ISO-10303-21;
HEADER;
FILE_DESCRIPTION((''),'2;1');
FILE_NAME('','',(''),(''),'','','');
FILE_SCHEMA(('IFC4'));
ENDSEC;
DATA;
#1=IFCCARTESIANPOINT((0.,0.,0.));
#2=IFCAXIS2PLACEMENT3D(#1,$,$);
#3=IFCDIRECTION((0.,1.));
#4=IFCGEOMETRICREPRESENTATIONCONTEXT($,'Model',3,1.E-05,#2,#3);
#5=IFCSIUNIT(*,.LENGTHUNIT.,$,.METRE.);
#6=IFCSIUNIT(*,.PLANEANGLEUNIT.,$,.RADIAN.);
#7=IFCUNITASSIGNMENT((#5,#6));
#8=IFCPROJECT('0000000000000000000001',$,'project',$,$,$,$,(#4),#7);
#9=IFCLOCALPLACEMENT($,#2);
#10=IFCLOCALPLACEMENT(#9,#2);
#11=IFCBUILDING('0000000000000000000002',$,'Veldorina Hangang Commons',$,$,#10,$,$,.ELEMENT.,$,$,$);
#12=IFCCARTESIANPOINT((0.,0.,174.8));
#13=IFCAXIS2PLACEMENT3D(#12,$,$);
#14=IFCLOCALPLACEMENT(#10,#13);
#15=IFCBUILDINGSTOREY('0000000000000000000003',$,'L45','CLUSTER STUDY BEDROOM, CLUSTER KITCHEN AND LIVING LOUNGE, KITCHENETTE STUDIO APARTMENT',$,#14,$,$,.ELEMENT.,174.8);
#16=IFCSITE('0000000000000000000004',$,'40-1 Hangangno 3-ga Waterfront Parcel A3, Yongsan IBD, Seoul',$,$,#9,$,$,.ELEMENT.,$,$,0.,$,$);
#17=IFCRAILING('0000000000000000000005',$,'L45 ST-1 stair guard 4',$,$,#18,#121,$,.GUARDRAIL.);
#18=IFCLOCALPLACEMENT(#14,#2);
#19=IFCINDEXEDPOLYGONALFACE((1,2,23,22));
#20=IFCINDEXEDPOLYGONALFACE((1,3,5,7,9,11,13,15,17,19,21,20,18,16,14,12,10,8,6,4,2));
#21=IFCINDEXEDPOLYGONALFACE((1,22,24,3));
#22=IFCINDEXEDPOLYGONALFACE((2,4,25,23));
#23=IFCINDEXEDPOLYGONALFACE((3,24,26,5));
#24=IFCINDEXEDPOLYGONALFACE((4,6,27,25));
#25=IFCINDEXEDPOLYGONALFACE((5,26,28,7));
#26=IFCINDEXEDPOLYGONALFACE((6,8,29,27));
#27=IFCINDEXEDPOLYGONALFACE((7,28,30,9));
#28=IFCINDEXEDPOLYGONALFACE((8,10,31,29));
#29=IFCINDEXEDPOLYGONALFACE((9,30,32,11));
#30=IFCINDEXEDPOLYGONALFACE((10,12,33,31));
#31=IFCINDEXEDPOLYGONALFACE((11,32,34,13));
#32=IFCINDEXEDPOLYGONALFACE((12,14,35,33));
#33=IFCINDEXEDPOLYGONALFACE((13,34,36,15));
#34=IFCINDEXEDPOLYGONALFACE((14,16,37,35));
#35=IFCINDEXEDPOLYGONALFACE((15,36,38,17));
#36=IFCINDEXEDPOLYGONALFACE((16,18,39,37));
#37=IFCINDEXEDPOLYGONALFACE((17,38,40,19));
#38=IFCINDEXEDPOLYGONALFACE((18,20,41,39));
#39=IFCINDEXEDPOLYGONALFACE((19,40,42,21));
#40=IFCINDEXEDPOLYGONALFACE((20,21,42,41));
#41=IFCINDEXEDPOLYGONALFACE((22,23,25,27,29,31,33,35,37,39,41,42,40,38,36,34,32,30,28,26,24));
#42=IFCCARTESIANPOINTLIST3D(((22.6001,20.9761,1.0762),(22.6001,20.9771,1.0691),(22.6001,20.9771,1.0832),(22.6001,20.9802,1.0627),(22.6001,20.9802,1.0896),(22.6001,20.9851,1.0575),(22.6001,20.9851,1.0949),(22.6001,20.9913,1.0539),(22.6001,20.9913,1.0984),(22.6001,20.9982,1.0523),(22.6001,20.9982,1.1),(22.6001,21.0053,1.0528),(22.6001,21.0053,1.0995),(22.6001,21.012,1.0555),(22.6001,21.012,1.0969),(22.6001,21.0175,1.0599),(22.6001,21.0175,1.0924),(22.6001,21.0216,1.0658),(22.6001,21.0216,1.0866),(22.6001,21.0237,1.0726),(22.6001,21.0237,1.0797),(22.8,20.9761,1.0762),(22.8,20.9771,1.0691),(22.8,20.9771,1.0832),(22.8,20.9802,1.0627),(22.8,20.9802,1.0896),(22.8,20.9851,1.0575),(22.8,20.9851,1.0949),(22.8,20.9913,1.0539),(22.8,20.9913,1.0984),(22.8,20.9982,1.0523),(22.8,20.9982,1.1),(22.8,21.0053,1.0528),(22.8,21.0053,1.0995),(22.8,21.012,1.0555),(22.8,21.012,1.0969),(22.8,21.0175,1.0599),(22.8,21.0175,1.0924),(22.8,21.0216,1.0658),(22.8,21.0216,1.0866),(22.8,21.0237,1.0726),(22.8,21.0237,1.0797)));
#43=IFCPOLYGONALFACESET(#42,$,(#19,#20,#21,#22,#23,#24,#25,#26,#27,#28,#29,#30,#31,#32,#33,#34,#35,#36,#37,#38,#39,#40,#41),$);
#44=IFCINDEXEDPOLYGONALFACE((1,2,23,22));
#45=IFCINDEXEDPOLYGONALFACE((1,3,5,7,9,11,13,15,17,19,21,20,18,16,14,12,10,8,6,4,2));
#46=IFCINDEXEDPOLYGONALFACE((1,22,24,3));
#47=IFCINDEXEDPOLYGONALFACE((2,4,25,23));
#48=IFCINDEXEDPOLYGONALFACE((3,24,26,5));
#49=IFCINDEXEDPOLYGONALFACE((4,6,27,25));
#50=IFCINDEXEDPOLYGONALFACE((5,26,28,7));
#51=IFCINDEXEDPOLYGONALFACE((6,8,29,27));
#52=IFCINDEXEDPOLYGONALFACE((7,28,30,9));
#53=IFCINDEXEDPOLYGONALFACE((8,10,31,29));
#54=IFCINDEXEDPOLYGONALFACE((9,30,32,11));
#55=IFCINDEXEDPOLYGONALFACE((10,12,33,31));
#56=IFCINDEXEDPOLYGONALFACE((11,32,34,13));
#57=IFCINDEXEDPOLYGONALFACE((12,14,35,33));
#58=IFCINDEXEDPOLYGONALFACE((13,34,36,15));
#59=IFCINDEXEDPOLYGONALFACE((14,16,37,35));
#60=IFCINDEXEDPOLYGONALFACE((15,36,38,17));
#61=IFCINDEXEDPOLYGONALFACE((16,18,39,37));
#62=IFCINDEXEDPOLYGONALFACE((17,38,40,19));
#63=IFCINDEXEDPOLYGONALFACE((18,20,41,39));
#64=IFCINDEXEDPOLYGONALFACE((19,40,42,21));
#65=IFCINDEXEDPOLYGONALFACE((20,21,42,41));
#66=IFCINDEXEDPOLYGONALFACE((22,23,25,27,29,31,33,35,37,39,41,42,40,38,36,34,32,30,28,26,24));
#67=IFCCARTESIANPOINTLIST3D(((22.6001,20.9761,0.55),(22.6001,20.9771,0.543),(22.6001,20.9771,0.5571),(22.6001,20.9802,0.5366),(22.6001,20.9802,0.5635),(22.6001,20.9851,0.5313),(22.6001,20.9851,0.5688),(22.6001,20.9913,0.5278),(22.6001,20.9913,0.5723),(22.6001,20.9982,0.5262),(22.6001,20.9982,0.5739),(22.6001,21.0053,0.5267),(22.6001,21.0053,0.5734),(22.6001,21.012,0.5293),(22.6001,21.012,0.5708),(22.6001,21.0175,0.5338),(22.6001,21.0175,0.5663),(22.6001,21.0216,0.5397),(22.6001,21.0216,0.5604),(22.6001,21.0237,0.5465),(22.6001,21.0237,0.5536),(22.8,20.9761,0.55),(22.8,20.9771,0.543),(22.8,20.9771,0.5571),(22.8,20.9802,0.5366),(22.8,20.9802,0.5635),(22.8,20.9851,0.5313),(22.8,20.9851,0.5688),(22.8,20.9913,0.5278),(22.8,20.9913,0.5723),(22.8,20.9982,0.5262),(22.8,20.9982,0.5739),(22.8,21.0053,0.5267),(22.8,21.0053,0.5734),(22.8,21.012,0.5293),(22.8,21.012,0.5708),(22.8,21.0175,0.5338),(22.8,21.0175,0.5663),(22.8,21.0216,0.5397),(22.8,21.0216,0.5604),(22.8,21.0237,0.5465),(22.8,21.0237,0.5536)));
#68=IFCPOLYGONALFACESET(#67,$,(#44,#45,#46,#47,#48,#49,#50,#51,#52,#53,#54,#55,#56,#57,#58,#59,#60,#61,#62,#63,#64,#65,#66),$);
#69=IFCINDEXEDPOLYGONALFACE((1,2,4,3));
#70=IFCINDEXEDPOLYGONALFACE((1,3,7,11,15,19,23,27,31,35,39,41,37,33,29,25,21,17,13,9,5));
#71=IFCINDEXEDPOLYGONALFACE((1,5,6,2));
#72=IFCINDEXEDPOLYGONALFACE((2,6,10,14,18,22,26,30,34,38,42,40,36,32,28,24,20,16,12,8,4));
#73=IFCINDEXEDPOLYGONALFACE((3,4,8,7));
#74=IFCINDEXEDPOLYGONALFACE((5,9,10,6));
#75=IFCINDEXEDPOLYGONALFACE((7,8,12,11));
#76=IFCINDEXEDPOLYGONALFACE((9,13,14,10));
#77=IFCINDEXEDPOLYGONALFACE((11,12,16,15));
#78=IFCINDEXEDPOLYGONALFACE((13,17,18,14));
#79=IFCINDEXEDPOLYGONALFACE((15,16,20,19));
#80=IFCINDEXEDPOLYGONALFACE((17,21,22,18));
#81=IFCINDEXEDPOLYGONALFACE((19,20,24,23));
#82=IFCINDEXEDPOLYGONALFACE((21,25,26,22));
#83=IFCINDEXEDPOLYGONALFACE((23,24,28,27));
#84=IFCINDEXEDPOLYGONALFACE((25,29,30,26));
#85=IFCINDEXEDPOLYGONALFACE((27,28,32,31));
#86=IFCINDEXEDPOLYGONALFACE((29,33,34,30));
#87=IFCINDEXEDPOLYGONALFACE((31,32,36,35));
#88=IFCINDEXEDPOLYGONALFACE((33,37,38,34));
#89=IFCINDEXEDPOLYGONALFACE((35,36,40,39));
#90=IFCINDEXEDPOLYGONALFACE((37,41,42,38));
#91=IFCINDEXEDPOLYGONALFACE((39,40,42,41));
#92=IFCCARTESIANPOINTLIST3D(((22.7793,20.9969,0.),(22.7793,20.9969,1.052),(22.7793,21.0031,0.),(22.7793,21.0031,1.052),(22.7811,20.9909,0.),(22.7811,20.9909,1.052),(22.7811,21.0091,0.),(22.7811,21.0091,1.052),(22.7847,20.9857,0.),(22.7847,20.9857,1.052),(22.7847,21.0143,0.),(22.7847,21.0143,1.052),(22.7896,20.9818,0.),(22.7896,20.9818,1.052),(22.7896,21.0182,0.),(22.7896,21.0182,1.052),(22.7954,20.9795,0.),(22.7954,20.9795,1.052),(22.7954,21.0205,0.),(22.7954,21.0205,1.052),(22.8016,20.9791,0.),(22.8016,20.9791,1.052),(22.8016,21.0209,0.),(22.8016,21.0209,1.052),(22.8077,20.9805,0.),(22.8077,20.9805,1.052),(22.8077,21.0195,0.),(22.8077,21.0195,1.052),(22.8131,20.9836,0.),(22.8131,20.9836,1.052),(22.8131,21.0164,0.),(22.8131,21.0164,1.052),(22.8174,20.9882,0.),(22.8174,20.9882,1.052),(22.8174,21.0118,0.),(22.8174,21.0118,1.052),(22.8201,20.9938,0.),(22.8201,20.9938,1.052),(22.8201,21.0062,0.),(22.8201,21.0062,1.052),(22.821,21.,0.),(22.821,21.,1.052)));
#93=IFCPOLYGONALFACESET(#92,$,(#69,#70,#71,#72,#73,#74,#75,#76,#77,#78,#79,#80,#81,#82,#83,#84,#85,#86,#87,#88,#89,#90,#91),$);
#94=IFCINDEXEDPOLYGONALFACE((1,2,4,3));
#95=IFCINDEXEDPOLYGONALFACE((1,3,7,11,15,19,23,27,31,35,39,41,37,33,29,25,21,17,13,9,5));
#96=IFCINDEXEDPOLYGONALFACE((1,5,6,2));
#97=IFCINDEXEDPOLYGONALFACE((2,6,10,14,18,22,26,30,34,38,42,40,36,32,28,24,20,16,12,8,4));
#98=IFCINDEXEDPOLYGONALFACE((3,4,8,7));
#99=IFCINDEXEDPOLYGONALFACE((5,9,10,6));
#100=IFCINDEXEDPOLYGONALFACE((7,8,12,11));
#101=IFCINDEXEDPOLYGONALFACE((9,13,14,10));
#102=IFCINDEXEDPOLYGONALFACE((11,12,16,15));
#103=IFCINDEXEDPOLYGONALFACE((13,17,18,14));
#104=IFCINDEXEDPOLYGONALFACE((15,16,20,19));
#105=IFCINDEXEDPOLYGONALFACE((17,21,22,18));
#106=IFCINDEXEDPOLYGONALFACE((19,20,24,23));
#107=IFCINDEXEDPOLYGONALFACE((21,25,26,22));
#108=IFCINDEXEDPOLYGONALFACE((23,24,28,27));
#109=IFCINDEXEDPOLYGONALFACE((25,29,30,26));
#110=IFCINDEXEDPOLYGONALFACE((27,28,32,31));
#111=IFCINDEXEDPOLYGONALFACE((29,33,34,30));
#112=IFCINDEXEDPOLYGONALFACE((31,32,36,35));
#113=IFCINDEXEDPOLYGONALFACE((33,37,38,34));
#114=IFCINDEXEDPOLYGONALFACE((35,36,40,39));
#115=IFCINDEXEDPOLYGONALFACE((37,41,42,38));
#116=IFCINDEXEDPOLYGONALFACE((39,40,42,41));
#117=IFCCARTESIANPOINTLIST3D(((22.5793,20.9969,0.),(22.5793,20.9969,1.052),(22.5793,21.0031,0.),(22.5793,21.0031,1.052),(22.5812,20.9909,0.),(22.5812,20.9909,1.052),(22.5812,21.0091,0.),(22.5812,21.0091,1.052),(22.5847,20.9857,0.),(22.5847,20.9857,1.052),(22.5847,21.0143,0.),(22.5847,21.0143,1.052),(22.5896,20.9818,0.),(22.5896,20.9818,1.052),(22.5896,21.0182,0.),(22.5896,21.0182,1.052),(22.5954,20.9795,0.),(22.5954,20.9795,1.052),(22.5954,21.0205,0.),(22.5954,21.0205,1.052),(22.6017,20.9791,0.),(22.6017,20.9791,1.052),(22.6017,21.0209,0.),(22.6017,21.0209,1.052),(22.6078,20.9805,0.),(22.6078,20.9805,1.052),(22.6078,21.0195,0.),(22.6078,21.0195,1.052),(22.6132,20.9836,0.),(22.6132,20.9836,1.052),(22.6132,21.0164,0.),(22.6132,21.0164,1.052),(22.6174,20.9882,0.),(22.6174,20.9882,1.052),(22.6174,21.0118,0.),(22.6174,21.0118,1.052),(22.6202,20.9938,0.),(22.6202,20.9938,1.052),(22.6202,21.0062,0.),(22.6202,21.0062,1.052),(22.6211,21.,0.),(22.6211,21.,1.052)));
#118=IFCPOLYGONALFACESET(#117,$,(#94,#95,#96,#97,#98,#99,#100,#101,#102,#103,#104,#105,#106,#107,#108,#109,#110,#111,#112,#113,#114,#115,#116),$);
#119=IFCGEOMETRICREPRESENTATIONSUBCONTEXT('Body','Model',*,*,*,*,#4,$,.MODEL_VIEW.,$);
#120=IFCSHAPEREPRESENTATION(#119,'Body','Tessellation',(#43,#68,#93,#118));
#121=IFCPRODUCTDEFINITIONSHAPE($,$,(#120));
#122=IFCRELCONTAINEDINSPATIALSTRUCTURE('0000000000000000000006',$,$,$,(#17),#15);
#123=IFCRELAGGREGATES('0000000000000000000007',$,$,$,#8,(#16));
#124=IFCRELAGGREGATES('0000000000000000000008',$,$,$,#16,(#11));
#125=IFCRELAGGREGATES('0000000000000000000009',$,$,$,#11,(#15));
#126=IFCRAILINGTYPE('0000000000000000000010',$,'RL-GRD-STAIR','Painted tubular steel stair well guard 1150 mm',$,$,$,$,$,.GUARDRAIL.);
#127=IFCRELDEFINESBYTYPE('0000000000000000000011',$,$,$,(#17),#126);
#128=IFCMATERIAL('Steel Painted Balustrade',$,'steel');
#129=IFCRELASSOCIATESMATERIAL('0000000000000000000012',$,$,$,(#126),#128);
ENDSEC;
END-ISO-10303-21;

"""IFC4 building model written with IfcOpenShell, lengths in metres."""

from ifc_helpers import new_model, si_unit, direction, frame, origin, origin_2d, place, context, subcontext, project, spatial, circle, extrude, material, type_object, element, save


model = new_model("IFC4")

# Units and contexts
model_context = context("Model", 3, precision=1e-05, world=origin(), true_north=direction((0.0, 1.0)))
body_context = subcontext(model_context, "Body", "Model", "MODEL_VIEW")
ifc_project = project(units=[si_unit("LENGTHUNIT", "METRE"), si_unit("PLANEANGLEUNIT", "RADIAN")], contexts=[model_context])

# Site, building, storey
site_placement = place(None, origin())
site = spatial("IfcSite", under=ifc_project, at=site_placement, Name="40-1 Hangangno 3-ga Waterfront Parcel A3, Yongsan IBD, Seoul", CompositionType="ELEMENT", RefElevation=0.0)
building_placement = place(site_placement, origin())
building = spatial("IfcBuilding", under=site, at=building_placement, Name="Veldorina Hangang Commons", CompositionType="ELEMENT")
storey_placement = place(building_placement, frame((0.0, 0.0, 174.8)))
storey = spatial("IfcBuildingStorey", under=building, at=storey_placement, Name="L45", Description="CLUSTER STUDY BEDROOM, CLUSTER KITCHEN AND LIVING LOUNGE, KITCHENETTE STUDIO APARTMENT", CompositionType="ELEMENT", Elevation=174.8)

# Railing
ifc_material_1 = material(Name="Steel Painted Balustrade", Category="steel")
railing_type_1 = type_object("IfcRailingType", Name="RL-GRD-STAIR", Description="Painted tubular steel stair well guard 1150 mm", PredefinedType="GUARDRAIL", material=ifc_material_1)
railing_1_placement = place(storey_placement, frame((22.8, 21.0, 0.0)))
element("IfcRailing", 1, at=railing_1_placement, inside=storey, type_object=railing_type_1, Name="L45 ST-1 stair guard 4", PredefinedType="GUARDRAIL", context=body_context, shape_type="SweptSolid", body=[
    extrude(circle(Radius=0.0239, at=origin_2d()), frame((0.0, 0.0, 1.0762), z_axis=(-1.0, 0.0, 0.0), x_axis=(0.0, -1.0, 0.0)), (0.0, 0.0, 1.0), 0.2),
    extrude(circle(Radius=0.0239, at=origin_2d()), frame((0.0, 0.0, 0.55), z_axis=(-1.0, 0.0, 0.0), x_axis=(0.0, -1.0, 0.0)), (0.0, 0.0, 1.0), 0.2),
    extrude(circle(Radius=0.021, at=origin_2d()), origin(), (0.0, 0.0, 1.0), 1.052),
    extrude(circle(Radius=0.021, at=origin_2d()), frame((-0.2, 0.0, 0.0)), (0.0, 0.0, 1.0), 1.052),
])

save(model, "model.ifc")
